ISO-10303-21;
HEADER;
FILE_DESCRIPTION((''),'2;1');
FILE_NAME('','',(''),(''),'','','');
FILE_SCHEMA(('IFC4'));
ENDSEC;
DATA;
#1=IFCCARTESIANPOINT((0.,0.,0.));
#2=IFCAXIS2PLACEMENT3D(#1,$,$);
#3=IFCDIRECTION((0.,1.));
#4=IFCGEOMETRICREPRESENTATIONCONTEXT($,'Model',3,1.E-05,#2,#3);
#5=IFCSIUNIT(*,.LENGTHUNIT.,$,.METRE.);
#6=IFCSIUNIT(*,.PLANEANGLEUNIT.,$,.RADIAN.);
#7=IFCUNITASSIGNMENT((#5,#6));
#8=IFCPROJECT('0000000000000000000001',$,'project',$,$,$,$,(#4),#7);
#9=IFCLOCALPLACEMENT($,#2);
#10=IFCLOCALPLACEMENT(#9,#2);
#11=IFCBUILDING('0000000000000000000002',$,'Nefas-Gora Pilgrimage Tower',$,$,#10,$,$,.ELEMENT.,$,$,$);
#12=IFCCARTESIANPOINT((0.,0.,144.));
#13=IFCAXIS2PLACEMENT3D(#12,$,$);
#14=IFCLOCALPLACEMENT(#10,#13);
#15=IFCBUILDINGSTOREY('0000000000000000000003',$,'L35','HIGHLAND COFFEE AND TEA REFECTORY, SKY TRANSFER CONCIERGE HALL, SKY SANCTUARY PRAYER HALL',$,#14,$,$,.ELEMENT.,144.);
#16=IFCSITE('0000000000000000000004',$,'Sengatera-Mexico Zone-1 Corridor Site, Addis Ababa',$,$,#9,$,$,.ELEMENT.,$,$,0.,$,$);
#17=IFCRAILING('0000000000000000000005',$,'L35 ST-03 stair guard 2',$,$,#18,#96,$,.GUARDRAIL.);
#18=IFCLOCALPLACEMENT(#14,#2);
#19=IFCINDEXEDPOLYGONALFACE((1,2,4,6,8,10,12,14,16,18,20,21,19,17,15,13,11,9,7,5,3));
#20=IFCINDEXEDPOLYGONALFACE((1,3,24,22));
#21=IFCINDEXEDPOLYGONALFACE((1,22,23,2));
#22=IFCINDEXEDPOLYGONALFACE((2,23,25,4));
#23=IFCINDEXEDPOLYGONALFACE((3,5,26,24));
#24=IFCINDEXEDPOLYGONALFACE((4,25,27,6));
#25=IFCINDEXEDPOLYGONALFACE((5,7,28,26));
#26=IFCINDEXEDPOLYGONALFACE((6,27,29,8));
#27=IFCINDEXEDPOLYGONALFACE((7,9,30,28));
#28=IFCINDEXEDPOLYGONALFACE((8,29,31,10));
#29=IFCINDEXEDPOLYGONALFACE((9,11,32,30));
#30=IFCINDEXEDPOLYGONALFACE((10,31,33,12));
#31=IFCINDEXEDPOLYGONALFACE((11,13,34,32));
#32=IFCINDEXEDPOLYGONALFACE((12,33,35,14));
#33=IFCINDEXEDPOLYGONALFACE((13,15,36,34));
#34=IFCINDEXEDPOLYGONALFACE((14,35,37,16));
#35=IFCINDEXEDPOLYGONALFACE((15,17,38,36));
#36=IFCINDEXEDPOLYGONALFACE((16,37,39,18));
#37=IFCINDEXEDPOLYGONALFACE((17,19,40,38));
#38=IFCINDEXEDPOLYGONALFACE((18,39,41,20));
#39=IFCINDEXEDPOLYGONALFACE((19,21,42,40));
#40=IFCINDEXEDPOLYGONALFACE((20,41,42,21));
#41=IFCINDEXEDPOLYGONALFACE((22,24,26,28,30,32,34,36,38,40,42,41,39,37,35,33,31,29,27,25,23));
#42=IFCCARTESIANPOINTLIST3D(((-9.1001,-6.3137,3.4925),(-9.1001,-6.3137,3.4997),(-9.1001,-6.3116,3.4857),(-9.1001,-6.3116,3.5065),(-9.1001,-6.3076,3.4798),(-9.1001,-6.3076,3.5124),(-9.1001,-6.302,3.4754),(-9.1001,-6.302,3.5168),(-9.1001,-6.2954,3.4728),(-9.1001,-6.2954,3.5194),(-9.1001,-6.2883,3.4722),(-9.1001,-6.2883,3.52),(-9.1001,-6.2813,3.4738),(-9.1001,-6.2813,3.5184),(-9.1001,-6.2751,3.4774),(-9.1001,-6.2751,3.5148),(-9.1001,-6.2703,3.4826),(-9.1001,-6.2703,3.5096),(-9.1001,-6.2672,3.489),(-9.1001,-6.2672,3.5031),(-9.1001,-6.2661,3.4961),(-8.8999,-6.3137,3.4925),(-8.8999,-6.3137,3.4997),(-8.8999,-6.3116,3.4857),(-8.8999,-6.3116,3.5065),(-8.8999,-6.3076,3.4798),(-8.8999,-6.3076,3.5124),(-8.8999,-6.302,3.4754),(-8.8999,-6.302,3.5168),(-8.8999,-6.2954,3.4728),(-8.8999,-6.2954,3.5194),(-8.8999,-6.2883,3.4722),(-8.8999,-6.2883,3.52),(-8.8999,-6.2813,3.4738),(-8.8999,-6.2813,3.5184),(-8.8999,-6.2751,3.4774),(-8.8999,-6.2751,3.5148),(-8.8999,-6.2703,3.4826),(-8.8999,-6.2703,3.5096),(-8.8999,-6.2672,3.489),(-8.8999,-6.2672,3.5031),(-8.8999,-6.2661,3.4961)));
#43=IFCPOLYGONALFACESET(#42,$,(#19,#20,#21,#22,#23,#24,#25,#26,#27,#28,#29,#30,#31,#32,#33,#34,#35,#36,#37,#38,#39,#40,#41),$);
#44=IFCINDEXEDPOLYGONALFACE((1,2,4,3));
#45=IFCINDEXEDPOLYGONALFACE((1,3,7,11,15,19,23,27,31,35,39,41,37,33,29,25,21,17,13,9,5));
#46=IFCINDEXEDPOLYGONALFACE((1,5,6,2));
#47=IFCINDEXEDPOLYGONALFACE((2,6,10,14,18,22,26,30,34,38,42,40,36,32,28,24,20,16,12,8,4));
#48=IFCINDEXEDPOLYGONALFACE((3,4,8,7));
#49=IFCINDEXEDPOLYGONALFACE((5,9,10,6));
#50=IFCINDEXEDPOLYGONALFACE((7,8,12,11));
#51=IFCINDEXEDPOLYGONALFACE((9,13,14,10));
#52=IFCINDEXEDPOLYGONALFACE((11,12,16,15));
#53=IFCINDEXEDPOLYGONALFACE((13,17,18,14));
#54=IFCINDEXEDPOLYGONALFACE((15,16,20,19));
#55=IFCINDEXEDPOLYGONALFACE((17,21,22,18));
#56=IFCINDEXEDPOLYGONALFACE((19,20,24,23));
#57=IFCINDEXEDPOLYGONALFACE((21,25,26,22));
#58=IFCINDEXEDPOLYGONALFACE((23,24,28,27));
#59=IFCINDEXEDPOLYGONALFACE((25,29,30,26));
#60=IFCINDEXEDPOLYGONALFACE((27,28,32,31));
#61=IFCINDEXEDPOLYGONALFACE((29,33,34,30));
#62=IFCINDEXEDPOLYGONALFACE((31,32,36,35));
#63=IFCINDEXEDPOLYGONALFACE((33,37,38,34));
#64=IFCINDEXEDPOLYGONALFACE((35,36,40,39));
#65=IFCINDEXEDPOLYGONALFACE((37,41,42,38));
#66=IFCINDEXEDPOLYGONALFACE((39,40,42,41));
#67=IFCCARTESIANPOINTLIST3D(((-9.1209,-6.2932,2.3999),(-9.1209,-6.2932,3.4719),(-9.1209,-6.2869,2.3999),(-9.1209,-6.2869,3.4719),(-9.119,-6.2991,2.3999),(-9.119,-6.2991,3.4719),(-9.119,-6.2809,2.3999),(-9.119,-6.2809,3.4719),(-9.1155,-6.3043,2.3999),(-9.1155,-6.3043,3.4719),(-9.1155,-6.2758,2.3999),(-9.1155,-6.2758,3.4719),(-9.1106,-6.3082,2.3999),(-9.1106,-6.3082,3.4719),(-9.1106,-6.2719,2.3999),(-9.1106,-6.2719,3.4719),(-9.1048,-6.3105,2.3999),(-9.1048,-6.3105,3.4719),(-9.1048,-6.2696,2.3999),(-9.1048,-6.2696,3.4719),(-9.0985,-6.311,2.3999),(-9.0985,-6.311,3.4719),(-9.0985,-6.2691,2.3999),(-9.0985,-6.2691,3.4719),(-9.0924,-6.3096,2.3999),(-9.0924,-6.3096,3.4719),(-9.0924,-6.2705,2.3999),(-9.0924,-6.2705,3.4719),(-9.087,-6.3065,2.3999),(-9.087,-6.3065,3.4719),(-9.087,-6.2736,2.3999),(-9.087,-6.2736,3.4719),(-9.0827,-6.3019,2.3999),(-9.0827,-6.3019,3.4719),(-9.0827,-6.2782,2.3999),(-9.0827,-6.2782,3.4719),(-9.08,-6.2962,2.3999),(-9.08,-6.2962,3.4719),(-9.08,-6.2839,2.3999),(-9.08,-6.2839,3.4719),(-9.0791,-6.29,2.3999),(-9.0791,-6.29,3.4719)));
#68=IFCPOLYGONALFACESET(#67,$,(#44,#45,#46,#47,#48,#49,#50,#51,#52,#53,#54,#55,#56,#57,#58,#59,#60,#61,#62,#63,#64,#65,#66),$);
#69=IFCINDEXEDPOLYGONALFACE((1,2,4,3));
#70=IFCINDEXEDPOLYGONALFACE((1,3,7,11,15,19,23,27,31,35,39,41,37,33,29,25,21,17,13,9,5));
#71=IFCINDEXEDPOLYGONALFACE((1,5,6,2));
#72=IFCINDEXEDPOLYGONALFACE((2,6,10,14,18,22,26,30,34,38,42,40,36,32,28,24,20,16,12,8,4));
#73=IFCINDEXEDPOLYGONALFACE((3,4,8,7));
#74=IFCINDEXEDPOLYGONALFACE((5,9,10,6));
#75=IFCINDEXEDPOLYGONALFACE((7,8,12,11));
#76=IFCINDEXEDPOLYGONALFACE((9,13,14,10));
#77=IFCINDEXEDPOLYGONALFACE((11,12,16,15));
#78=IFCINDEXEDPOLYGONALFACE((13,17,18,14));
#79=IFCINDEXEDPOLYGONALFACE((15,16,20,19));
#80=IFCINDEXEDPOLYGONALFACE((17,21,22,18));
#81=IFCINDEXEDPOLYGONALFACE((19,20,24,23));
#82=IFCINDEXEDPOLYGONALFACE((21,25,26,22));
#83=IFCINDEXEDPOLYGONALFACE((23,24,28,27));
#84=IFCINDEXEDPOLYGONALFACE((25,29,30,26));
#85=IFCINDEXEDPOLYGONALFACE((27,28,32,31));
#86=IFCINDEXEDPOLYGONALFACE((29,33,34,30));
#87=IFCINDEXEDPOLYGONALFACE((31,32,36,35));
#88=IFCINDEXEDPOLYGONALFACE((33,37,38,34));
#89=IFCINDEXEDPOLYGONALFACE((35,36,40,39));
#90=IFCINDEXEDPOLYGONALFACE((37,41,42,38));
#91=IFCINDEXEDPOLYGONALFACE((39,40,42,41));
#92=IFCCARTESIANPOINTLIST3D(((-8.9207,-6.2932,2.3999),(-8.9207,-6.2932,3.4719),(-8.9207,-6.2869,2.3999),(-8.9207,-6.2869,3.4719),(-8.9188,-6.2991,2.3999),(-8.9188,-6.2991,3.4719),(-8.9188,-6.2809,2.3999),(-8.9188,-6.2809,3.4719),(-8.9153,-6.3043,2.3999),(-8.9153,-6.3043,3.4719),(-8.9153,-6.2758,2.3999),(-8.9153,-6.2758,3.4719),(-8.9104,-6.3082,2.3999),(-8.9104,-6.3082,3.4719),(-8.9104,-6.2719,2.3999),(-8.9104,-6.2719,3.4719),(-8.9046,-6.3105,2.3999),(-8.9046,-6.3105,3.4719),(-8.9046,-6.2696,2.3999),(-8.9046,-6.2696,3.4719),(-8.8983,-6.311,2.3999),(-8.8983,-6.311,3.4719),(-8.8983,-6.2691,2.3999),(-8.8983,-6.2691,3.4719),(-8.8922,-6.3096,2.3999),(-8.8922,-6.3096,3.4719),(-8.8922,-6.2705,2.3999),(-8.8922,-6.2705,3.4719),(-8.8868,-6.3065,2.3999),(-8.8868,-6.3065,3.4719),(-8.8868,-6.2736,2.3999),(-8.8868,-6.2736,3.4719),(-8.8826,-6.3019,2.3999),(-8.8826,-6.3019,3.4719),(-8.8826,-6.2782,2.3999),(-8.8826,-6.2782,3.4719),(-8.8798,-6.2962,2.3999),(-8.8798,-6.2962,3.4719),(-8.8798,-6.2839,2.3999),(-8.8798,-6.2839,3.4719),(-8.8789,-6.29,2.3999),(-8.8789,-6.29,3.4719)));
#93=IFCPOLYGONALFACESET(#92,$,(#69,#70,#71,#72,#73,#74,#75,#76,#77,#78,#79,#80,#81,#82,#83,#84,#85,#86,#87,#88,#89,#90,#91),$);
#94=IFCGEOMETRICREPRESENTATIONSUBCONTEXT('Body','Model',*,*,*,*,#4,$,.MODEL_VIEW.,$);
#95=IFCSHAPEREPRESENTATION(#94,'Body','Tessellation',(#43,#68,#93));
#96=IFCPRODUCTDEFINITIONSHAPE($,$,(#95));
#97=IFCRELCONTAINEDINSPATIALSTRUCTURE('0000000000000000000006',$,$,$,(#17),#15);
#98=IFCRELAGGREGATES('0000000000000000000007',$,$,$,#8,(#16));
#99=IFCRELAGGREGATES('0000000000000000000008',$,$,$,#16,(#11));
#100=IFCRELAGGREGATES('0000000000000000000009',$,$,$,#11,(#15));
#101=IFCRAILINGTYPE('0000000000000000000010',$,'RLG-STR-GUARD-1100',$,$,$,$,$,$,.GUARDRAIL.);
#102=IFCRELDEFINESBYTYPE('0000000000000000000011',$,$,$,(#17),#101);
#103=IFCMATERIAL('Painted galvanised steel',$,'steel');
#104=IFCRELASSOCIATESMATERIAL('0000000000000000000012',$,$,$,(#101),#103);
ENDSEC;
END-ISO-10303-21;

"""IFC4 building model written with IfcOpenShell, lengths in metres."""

from ifc_helpers import new_model, si_unit, direction, frame, origin, origin_2d, place, context, subcontext, project, spatial, circle, extrude, material, type_object, element, save


model = new_model("IFC4")

# Units and contexts
model_context = context("Model", 3, precision=1e-05, world=origin(), true_north=direction((0.0, 1.0)))
body_context = subcontext(model_context, "Body", "Model", "MODEL_VIEW")
ifc_project = project(units=[si_unit("LENGTHUNIT", "METRE"), si_unit("PLANEANGLEUNIT", "RADIAN")], contexts=[model_context])

# Site, building, storey
site_placement = place(None, origin())
site = spatial("IfcSite", under=ifc_project, at=site_placement, Name="Sengatera-Mexico Zone-1 Corridor Site, Addis Ababa", CompositionType="ELEMENT", RefElevation=0.0)
building_placement = place(site_placement, origin())
building = spatial("IfcBuilding", under=site, at=building_placement, Name="Nefas-Gora Pilgrimage Tower", CompositionType="ELEMENT")
storey_placement = place(building_placement, frame((0.0, 0.0, 144.0)))
storey = spatial("IfcBuildingStorey", under=building, at=storey_placement, Name="L35", Description="HIGHLAND COFFEE AND TEA REFECTORY, SKY TRANSFER CONCIERGE HALL, SKY SANCTUARY PRAYER HALL", CompositionType="ELEMENT", Elevation=144.0)

# Railing
ifc_material_1 = material(Name="Painted galvanised steel", Category="steel")
railing_type_1 = type_object("IfcRailingType", Name="RLG-STR-GUARD-1100", PredefinedType="GUARDRAIL", material=ifc_material_1)
railing_1_placement = place(storey_placement, frame((-9.1001, -6.29, 2.3999)))
element("IfcRailing", 1, at=railing_1_placement, inside=storey, type_object=railing_type_1, Name="L35 ST-03 stair guard 2", PredefinedType="GUARDRAIL", context=body_context, shape_type="SweptSolid", body=[
    extrude(circle(Radius=0.0239, at=origin_2d()), frame((0.0, 0.0, 1.0962), z_axis=(1.0, 0.0, 0.0), x_axis=(0.0, 1.0, 0.0)), (0.0, 0.0, 1.0), 0.2002),
    extrude(circle(Radius=0.021, at=origin_2d()), origin(), (0.0, 0.0, 1.0), 1.072),
    extrude(circle(Radius=0.021, at=origin_2d()), frame((0.2002, 0.0, 0.0)), (0.0, 0.0, 1.0), 1.072),
])

save(model, "model.ifc")
